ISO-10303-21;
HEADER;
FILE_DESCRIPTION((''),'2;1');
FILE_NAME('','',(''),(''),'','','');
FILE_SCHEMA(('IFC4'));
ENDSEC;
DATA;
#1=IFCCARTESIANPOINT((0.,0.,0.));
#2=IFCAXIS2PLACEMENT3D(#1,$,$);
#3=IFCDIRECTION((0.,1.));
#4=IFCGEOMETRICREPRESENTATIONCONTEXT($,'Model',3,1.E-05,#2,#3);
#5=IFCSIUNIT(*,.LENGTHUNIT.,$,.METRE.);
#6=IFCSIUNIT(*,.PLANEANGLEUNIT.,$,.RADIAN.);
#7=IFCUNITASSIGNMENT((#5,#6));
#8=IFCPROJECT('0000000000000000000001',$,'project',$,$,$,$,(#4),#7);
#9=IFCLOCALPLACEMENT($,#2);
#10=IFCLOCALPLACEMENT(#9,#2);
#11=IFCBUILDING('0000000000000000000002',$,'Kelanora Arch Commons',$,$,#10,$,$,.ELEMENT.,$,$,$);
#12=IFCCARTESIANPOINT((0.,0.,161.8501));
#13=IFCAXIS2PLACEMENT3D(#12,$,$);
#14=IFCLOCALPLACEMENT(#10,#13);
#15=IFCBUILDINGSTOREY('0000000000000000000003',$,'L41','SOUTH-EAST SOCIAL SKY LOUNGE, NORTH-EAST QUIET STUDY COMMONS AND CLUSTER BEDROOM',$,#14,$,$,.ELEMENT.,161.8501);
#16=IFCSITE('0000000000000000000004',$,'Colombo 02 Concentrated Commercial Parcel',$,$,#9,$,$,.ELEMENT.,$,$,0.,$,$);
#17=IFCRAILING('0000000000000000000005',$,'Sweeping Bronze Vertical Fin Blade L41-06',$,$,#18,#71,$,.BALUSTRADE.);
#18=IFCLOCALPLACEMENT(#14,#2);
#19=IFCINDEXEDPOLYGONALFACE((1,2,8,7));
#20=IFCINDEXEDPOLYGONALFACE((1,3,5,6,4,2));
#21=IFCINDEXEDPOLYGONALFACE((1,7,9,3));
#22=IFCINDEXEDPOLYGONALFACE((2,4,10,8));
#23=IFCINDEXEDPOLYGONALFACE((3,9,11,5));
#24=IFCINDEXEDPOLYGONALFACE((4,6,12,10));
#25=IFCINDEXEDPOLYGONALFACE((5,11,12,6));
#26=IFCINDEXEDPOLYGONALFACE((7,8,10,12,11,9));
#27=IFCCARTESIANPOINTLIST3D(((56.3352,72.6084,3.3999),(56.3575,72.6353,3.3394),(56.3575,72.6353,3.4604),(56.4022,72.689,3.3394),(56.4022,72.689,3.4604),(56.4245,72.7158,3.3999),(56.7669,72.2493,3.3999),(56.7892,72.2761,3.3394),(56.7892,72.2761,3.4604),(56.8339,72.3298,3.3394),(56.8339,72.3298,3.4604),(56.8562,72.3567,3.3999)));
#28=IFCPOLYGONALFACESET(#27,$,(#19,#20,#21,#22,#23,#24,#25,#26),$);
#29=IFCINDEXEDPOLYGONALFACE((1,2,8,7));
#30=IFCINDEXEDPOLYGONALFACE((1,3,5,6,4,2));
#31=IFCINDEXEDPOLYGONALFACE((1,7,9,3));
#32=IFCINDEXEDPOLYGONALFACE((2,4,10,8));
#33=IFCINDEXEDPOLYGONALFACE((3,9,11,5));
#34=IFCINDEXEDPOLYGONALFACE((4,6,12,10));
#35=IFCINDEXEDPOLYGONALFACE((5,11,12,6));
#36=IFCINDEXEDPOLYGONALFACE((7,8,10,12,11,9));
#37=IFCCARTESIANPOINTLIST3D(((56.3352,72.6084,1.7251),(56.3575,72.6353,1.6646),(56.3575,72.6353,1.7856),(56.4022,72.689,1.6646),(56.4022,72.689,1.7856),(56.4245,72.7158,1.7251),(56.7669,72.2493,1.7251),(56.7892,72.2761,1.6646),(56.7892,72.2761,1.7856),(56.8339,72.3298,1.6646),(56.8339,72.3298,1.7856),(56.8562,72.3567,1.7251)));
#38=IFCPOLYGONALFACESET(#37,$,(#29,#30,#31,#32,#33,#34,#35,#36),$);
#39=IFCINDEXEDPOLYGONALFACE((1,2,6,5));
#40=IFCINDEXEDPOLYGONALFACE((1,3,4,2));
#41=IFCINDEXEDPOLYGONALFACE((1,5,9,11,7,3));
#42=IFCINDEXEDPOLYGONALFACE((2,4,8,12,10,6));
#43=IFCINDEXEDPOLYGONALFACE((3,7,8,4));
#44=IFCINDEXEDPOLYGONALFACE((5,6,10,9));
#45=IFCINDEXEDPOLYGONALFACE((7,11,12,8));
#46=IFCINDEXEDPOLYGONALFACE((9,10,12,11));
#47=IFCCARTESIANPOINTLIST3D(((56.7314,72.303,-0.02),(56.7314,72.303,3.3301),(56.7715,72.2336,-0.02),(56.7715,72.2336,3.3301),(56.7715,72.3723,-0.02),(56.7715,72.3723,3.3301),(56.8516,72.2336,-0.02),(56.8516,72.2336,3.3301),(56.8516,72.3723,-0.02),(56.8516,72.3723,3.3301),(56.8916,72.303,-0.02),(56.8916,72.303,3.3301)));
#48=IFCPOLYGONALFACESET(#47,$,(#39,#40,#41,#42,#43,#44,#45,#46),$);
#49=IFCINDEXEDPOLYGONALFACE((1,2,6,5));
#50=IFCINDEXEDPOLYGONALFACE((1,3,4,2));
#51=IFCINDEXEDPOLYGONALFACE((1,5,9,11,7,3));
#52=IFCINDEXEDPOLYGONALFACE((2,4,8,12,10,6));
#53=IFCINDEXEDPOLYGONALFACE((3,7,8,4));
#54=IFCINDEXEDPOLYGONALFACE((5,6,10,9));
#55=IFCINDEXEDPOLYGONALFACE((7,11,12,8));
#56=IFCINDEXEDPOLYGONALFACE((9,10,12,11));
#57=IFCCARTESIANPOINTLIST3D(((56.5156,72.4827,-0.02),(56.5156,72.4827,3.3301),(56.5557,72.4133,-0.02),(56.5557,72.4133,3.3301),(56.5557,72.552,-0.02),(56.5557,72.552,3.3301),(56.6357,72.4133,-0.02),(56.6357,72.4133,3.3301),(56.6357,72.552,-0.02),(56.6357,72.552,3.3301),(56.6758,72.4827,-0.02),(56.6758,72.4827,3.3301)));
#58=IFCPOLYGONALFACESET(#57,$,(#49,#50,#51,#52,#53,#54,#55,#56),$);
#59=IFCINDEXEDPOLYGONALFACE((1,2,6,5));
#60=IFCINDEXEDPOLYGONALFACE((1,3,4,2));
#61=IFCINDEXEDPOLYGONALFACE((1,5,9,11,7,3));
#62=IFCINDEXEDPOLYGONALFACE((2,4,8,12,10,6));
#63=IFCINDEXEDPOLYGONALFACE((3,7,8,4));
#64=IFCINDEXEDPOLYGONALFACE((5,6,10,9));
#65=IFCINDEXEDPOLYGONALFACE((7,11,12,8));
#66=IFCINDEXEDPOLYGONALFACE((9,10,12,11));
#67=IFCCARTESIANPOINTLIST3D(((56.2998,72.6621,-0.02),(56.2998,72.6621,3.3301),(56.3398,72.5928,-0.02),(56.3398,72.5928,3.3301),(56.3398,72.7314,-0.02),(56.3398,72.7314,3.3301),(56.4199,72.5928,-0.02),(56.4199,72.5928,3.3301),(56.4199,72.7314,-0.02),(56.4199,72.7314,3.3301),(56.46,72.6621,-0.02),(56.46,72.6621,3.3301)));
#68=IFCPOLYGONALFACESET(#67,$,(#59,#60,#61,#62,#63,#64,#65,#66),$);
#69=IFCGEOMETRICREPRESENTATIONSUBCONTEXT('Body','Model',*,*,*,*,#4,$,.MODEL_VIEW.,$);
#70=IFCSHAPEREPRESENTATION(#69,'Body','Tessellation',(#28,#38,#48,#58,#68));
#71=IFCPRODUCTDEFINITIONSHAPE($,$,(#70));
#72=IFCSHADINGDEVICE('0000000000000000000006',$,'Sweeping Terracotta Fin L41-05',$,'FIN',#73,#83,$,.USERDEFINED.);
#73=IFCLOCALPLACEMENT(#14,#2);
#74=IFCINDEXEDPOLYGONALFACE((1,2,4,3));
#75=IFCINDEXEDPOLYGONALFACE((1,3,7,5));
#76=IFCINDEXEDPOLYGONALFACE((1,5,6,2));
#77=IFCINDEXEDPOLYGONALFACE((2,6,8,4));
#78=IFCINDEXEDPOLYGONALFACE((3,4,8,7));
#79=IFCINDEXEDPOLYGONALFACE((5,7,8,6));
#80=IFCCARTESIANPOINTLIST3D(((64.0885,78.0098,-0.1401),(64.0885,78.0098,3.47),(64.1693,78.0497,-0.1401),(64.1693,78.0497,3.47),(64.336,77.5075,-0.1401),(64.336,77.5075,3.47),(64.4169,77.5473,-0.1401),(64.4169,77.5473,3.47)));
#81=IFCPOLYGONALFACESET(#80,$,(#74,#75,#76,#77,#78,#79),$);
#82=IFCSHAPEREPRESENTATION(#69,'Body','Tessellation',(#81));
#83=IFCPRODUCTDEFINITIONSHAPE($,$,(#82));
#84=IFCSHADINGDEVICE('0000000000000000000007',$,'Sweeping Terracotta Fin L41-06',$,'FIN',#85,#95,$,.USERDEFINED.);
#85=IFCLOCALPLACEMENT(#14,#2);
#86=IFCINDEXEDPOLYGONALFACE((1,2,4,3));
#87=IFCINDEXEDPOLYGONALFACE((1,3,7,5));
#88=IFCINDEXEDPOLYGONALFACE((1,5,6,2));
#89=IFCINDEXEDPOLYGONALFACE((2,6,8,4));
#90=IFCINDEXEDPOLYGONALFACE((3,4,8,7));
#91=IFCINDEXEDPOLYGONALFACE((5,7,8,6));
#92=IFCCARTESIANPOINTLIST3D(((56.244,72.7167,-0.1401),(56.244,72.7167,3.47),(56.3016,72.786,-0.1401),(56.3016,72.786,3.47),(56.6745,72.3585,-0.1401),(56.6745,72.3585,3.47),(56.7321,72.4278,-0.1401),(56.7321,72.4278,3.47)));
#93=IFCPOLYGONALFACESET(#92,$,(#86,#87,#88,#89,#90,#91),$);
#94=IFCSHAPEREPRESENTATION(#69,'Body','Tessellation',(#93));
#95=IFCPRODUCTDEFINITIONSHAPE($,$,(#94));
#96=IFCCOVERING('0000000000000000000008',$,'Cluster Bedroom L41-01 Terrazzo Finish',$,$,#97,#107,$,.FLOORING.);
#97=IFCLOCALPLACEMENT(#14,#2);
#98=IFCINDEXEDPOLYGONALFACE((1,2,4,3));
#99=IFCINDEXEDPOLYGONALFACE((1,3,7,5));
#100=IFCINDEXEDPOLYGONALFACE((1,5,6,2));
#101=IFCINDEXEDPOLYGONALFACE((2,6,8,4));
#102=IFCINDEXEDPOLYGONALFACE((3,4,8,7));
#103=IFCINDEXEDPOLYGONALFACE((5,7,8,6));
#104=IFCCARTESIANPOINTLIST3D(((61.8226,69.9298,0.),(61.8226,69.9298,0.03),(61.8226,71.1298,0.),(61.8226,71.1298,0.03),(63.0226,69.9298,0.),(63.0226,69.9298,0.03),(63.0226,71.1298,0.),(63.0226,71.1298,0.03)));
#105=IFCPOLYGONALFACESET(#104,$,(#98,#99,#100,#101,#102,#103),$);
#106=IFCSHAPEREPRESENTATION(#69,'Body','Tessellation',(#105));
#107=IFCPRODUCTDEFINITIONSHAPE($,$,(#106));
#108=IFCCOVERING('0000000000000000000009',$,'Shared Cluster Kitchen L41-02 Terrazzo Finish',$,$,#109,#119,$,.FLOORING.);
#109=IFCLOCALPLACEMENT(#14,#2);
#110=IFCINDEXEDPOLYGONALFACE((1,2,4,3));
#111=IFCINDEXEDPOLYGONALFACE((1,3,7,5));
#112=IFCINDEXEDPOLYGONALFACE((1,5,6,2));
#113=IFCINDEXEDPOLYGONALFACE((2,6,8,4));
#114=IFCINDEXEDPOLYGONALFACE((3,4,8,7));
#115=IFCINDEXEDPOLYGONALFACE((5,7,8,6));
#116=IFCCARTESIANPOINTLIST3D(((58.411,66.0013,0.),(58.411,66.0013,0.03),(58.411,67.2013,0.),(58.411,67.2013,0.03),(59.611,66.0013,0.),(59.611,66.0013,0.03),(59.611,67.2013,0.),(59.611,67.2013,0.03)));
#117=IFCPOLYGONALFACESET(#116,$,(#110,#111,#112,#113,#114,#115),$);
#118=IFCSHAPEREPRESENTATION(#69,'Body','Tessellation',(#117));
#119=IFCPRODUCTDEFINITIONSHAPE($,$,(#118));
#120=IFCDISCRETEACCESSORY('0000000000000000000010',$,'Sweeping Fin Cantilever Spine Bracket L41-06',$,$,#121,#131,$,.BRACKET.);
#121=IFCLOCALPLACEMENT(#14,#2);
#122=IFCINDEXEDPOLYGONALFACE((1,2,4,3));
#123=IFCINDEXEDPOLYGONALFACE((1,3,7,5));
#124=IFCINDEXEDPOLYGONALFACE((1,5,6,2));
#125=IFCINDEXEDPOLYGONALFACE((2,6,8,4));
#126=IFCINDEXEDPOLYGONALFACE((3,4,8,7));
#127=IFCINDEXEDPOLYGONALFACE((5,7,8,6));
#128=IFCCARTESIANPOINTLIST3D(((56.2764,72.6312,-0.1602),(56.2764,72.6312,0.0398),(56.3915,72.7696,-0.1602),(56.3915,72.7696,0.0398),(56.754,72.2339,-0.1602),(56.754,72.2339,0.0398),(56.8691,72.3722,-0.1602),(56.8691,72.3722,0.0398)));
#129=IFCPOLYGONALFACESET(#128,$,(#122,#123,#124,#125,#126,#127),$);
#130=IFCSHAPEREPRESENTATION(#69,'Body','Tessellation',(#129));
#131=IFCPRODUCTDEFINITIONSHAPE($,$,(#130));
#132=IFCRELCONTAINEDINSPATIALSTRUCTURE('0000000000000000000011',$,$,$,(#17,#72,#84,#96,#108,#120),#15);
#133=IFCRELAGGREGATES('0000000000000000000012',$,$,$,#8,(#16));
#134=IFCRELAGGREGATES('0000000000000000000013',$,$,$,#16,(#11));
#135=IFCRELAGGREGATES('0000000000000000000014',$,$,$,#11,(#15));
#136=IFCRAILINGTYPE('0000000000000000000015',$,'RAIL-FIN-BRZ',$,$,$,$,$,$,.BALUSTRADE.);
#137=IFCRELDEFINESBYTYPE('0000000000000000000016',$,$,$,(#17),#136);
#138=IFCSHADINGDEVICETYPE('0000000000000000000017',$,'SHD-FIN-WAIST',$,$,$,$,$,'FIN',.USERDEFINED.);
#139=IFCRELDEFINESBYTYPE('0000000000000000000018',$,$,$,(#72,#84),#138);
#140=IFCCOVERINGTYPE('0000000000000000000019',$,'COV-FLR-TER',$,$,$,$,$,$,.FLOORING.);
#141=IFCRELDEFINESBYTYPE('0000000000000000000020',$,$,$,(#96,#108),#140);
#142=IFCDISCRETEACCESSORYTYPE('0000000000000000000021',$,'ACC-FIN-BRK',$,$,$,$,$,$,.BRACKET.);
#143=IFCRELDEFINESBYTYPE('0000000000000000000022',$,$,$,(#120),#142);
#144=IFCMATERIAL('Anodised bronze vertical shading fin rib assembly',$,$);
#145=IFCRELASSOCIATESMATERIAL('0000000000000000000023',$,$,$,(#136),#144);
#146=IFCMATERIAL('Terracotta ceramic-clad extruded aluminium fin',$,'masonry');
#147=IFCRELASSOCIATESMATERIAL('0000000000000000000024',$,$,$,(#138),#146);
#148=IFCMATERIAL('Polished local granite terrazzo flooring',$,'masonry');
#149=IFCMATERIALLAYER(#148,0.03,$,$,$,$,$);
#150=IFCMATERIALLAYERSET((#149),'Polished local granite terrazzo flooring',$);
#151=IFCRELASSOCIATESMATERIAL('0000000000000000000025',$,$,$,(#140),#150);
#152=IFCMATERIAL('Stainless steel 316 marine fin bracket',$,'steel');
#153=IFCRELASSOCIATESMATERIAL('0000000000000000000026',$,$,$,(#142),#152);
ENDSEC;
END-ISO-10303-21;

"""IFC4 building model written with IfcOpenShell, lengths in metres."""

from ifc_helpers import new_model, si_unit, direction, frame, origin, origin_2d, place, context, subcontext, project, spatial, polyline, rectangle, outline, extrude, source, transform, mapped, material, layer, layer_set, type_object, element, save


model = new_model("IFC4")

# Units and contexts
model_context = context("Model", 3, precision=1e-05, world=origin(), true_north=direction((0.0, 1.0)))
body_context = subcontext(model_context, "Body", "Model", "MODEL_VIEW")
ifc_project = project(units=[si_unit("LENGTHUNIT", "METRE"), si_unit("PLANEANGLEUNIT", "RADIAN")], contexts=[model_context])

# Site, building, storey
site_placement = place(None, origin())
site = spatial("IfcSite", under=ifc_project, at=site_placement, Name="Colombo 02 Concentrated Commercial Parcel", CompositionType="ELEMENT", RefElevation=0.0)
building_placement = place(site_placement, origin())
building = spatial("IfcBuilding", under=site, at=building_placement, Name="Kelanora Arch Commons", CompositionType="ELEMENT")
storey_placement = place(building_placement, frame((0.0, 0.0, 161.8501)))
storey = spatial("IfcBuildingStorey", under=building, at=storey_placement, Name="L41", Description="SOUTH-EAST SOCIAL SKY LOUNGE, NORTH-EAST QUIET STUDY COMMONS AND CLUSTER BEDROOM", CompositionType="ELEMENT", Elevation=161.8501)

# Railing
ifc_material_1 = material(Name="Anodised bronze vertical shading fin rib assembly")
railing_type = type_object("IfcRailingType", Name="RAIL-FIN-BRZ", PredefinedType="BALUSTRADE", material=ifc_material_1)
railing_placement = place(storey_placement, frame((56.8115, 72.303, -0.02)))
element("IfcRailing", 1, at=railing_placement, inside=storey, type_object=railing_type, Name="Sweeping Bronze Vertical Fin Blade L41-06", PredefinedType="BALUSTRADE", context=body_context, shape_type="SweptSolid", body=[
    extrude(outline(polyline([(0.0698, 0.0), (0.0349, 0.0605), (-0.0349, 0.0605), (-0.0698, 0.0), (-0.0349, -0.0605), (0.0349, -0.0605), (0.0698, 0.0)])), frame((0.0, 0.0, 3.4199), z_axis=(-0.76872, 0.639585, 0.0), x_axis=(-0.639585, -0.76872, 0.0)), (0.0, 0.0, 1.0), 0.5615),
    extrude(outline(polyline([(0.0698, 0.0), (0.0349, 0.0605), (-0.0349, 0.0605), (-0.0698, 0.0), (-0.0349, -0.0605), (0.0349, -0.0605), (0.0698, 0.0)])), frame((0.0, 0.0, 1.7451), z_axis=(-0.76872, 0.639585, 0.0), x_axis=(-0.639585, -0.76872, 0.0)), (0.0, 0.0, 1.0), 0.5615),
    extrude(outline(polyline([(0.0801, 0.0), (0.04, 0.0693), (-0.04, 0.0693), (-0.0801, 0.0), (-0.04, -0.0693), (0.04, -0.0693), (0.0801, 0.0)])), origin(), (0.0, 0.0, 1.0), 3.3501),
    extrude(outline(polyline([(0.0801, 0.0), (0.04, 0.0693), (-0.04, 0.0693), (-0.0801, 0.0), (-0.04, -0.0693), (0.04, -0.0693), (0.0801, 0.0)])), frame((-0.2158, 0.1797, 0.0)), (0.0, 0.0, 1.0), 3.3501),
    extrude(outline(polyline([(0.0801, 0.0), (0.04, 0.0693), (-0.04, 0.0693), (-0.0801, 0.0), (-0.04, -0.0693), (0.04, -0.0693), (0.0801, 0.0)])), frame((-0.4316, 0.3591, 0.0)), (0.0, 0.0, 1.0), 3.3501),
])

# Shading devices
ifc_material_2 = material(Name="Terracotta ceramic-clad extruded aluminium fin", Category="masonry")
shading_device_type = type_object("IfcShadingDeviceType", Name="SHD-FIN-WAIST", ElementType="FIN", PredefinedType="USERDEFINED", material=ifc_material_2)
shared_shape_1 = source(origin(), body_context, "Body", "SweptSolid", [
    extrude(rectangle(XDim=0.5601, YDim=0.0901, at=origin_2d()), origin(), (0.0, 0.0, 1.0), 3.6101),
])
for number, where, z_axis, x_axis, name in (
    (2, (64.2527, 77.7786, -0.1401), (0.0, 0.0, 1.0), (-0.441976, 0.897027, 0.0), "Sweeping Terracotta Fin L41-05"),
    (3, (56.488, 72.5723, -0.1401), (0.0, 0.0, 1.0), (-0.76873, 0.639573, 0.0), "Sweeping Terracotta Fin L41-06"),
):
    element("IfcShadingDevice", number, at=place(storey_placement, frame(where, z_axis=z_axis, x_axis=x_axis)), inside=storey, type_object=shading_device_type, Name=name, ObjectType="FIN", PredefinedType="USERDEFINED", context=body_context, shape_type="MappedRepresentation", body=[
        mapped(shared_shape_1, transform((0.0, 0.0, 0.0), scale=1.0)),
    ])

# Coverings
ifc_material_3 = material(Name="Polished local granite terrazzo flooring", Category="masonry")
ifc_layer_1 = layer(ifc_material_3, 0.03)
ifc_layer_set_1 = layer_set([ifc_layer_1], Name="Polished local granite terrazzo flooring")
covering_type = type_object("IfcCoveringType", Name="COV-FLR-TER", PredefinedType="FLOORING", material=ifc_layer_set_1)
shared_shape_2 = source(origin(), body_context, "Body", "SweptSolid", [
    extrude(rectangle(XDim=1.2, YDim=1.2, at=origin_2d()), origin(), (0.0, 0.0, 1.0), 0.03),
])
for number, where, z_axis, x_axis, name in (
    (4, (62.4226, 70.5298, 0.0), (0.0, 0.0, 1.0), (1.0, 0.0, 0.0), "Cluster Bedroom L41-01 Terrazzo Finish"),
    (5, (59.011, 66.6013, 0.0), (0.0, 0.0, 1.0), (1.0, 0.0, 0.0), "Shared Cluster Kitchen L41-02 Terrazzo Finish"),
):
    element("IfcCovering", number, at=place(storey_placement, frame(where, z_axis=z_axis, x_axis=x_axis)), inside=storey, type_object=covering_type, Name=name, PredefinedType="FLOORING", context=body_context, shape_type="MappedRepresentation", body=[
        mapped(shared_shape_2, transform((0.0, 0.0, 0.0), scale=1.0)),
    ])

# Discrete accessory
ifc_material_4 = material(Name="Stainless steel 316 marine fin bracket", Category="steel")
discrete_accessory_type = type_object("IfcDiscreteAccessoryType", Name="ACC-FIN-BRK", PredefinedType="BRACKET", material=ifc_material_4)
shared_shape_3 = source(origin(), body_context, "Body", "SweptSolid", [
    extrude(rectangle(XDim=0.6213, YDim=0.1799, at=origin_2d()), origin(), (0.0, 0.0, 1.0), 0.2),
])
discrete_accessory_placement = place(storey_placement, frame((56.5728, 72.5017, -0.1602), z_axis=(0.0, 0.0, 1.0), x_axis=(-0.76873, 0.639573, 0.0)))
element("IfcDiscreteAccessory", 6, at=discrete_accessory_placement, inside=storey, type_object=discrete_accessory_type, Name="Sweeping Fin Cantilever Spine Bracket L41-06", PredefinedType="BRACKET", context=body_context, shape_type="MappedRepresentation", body=[
    mapped(shared_shape_3, transform((0.0, 0.0, 0.0), scale=1.0)),
])

save(model, "model.ifc")
